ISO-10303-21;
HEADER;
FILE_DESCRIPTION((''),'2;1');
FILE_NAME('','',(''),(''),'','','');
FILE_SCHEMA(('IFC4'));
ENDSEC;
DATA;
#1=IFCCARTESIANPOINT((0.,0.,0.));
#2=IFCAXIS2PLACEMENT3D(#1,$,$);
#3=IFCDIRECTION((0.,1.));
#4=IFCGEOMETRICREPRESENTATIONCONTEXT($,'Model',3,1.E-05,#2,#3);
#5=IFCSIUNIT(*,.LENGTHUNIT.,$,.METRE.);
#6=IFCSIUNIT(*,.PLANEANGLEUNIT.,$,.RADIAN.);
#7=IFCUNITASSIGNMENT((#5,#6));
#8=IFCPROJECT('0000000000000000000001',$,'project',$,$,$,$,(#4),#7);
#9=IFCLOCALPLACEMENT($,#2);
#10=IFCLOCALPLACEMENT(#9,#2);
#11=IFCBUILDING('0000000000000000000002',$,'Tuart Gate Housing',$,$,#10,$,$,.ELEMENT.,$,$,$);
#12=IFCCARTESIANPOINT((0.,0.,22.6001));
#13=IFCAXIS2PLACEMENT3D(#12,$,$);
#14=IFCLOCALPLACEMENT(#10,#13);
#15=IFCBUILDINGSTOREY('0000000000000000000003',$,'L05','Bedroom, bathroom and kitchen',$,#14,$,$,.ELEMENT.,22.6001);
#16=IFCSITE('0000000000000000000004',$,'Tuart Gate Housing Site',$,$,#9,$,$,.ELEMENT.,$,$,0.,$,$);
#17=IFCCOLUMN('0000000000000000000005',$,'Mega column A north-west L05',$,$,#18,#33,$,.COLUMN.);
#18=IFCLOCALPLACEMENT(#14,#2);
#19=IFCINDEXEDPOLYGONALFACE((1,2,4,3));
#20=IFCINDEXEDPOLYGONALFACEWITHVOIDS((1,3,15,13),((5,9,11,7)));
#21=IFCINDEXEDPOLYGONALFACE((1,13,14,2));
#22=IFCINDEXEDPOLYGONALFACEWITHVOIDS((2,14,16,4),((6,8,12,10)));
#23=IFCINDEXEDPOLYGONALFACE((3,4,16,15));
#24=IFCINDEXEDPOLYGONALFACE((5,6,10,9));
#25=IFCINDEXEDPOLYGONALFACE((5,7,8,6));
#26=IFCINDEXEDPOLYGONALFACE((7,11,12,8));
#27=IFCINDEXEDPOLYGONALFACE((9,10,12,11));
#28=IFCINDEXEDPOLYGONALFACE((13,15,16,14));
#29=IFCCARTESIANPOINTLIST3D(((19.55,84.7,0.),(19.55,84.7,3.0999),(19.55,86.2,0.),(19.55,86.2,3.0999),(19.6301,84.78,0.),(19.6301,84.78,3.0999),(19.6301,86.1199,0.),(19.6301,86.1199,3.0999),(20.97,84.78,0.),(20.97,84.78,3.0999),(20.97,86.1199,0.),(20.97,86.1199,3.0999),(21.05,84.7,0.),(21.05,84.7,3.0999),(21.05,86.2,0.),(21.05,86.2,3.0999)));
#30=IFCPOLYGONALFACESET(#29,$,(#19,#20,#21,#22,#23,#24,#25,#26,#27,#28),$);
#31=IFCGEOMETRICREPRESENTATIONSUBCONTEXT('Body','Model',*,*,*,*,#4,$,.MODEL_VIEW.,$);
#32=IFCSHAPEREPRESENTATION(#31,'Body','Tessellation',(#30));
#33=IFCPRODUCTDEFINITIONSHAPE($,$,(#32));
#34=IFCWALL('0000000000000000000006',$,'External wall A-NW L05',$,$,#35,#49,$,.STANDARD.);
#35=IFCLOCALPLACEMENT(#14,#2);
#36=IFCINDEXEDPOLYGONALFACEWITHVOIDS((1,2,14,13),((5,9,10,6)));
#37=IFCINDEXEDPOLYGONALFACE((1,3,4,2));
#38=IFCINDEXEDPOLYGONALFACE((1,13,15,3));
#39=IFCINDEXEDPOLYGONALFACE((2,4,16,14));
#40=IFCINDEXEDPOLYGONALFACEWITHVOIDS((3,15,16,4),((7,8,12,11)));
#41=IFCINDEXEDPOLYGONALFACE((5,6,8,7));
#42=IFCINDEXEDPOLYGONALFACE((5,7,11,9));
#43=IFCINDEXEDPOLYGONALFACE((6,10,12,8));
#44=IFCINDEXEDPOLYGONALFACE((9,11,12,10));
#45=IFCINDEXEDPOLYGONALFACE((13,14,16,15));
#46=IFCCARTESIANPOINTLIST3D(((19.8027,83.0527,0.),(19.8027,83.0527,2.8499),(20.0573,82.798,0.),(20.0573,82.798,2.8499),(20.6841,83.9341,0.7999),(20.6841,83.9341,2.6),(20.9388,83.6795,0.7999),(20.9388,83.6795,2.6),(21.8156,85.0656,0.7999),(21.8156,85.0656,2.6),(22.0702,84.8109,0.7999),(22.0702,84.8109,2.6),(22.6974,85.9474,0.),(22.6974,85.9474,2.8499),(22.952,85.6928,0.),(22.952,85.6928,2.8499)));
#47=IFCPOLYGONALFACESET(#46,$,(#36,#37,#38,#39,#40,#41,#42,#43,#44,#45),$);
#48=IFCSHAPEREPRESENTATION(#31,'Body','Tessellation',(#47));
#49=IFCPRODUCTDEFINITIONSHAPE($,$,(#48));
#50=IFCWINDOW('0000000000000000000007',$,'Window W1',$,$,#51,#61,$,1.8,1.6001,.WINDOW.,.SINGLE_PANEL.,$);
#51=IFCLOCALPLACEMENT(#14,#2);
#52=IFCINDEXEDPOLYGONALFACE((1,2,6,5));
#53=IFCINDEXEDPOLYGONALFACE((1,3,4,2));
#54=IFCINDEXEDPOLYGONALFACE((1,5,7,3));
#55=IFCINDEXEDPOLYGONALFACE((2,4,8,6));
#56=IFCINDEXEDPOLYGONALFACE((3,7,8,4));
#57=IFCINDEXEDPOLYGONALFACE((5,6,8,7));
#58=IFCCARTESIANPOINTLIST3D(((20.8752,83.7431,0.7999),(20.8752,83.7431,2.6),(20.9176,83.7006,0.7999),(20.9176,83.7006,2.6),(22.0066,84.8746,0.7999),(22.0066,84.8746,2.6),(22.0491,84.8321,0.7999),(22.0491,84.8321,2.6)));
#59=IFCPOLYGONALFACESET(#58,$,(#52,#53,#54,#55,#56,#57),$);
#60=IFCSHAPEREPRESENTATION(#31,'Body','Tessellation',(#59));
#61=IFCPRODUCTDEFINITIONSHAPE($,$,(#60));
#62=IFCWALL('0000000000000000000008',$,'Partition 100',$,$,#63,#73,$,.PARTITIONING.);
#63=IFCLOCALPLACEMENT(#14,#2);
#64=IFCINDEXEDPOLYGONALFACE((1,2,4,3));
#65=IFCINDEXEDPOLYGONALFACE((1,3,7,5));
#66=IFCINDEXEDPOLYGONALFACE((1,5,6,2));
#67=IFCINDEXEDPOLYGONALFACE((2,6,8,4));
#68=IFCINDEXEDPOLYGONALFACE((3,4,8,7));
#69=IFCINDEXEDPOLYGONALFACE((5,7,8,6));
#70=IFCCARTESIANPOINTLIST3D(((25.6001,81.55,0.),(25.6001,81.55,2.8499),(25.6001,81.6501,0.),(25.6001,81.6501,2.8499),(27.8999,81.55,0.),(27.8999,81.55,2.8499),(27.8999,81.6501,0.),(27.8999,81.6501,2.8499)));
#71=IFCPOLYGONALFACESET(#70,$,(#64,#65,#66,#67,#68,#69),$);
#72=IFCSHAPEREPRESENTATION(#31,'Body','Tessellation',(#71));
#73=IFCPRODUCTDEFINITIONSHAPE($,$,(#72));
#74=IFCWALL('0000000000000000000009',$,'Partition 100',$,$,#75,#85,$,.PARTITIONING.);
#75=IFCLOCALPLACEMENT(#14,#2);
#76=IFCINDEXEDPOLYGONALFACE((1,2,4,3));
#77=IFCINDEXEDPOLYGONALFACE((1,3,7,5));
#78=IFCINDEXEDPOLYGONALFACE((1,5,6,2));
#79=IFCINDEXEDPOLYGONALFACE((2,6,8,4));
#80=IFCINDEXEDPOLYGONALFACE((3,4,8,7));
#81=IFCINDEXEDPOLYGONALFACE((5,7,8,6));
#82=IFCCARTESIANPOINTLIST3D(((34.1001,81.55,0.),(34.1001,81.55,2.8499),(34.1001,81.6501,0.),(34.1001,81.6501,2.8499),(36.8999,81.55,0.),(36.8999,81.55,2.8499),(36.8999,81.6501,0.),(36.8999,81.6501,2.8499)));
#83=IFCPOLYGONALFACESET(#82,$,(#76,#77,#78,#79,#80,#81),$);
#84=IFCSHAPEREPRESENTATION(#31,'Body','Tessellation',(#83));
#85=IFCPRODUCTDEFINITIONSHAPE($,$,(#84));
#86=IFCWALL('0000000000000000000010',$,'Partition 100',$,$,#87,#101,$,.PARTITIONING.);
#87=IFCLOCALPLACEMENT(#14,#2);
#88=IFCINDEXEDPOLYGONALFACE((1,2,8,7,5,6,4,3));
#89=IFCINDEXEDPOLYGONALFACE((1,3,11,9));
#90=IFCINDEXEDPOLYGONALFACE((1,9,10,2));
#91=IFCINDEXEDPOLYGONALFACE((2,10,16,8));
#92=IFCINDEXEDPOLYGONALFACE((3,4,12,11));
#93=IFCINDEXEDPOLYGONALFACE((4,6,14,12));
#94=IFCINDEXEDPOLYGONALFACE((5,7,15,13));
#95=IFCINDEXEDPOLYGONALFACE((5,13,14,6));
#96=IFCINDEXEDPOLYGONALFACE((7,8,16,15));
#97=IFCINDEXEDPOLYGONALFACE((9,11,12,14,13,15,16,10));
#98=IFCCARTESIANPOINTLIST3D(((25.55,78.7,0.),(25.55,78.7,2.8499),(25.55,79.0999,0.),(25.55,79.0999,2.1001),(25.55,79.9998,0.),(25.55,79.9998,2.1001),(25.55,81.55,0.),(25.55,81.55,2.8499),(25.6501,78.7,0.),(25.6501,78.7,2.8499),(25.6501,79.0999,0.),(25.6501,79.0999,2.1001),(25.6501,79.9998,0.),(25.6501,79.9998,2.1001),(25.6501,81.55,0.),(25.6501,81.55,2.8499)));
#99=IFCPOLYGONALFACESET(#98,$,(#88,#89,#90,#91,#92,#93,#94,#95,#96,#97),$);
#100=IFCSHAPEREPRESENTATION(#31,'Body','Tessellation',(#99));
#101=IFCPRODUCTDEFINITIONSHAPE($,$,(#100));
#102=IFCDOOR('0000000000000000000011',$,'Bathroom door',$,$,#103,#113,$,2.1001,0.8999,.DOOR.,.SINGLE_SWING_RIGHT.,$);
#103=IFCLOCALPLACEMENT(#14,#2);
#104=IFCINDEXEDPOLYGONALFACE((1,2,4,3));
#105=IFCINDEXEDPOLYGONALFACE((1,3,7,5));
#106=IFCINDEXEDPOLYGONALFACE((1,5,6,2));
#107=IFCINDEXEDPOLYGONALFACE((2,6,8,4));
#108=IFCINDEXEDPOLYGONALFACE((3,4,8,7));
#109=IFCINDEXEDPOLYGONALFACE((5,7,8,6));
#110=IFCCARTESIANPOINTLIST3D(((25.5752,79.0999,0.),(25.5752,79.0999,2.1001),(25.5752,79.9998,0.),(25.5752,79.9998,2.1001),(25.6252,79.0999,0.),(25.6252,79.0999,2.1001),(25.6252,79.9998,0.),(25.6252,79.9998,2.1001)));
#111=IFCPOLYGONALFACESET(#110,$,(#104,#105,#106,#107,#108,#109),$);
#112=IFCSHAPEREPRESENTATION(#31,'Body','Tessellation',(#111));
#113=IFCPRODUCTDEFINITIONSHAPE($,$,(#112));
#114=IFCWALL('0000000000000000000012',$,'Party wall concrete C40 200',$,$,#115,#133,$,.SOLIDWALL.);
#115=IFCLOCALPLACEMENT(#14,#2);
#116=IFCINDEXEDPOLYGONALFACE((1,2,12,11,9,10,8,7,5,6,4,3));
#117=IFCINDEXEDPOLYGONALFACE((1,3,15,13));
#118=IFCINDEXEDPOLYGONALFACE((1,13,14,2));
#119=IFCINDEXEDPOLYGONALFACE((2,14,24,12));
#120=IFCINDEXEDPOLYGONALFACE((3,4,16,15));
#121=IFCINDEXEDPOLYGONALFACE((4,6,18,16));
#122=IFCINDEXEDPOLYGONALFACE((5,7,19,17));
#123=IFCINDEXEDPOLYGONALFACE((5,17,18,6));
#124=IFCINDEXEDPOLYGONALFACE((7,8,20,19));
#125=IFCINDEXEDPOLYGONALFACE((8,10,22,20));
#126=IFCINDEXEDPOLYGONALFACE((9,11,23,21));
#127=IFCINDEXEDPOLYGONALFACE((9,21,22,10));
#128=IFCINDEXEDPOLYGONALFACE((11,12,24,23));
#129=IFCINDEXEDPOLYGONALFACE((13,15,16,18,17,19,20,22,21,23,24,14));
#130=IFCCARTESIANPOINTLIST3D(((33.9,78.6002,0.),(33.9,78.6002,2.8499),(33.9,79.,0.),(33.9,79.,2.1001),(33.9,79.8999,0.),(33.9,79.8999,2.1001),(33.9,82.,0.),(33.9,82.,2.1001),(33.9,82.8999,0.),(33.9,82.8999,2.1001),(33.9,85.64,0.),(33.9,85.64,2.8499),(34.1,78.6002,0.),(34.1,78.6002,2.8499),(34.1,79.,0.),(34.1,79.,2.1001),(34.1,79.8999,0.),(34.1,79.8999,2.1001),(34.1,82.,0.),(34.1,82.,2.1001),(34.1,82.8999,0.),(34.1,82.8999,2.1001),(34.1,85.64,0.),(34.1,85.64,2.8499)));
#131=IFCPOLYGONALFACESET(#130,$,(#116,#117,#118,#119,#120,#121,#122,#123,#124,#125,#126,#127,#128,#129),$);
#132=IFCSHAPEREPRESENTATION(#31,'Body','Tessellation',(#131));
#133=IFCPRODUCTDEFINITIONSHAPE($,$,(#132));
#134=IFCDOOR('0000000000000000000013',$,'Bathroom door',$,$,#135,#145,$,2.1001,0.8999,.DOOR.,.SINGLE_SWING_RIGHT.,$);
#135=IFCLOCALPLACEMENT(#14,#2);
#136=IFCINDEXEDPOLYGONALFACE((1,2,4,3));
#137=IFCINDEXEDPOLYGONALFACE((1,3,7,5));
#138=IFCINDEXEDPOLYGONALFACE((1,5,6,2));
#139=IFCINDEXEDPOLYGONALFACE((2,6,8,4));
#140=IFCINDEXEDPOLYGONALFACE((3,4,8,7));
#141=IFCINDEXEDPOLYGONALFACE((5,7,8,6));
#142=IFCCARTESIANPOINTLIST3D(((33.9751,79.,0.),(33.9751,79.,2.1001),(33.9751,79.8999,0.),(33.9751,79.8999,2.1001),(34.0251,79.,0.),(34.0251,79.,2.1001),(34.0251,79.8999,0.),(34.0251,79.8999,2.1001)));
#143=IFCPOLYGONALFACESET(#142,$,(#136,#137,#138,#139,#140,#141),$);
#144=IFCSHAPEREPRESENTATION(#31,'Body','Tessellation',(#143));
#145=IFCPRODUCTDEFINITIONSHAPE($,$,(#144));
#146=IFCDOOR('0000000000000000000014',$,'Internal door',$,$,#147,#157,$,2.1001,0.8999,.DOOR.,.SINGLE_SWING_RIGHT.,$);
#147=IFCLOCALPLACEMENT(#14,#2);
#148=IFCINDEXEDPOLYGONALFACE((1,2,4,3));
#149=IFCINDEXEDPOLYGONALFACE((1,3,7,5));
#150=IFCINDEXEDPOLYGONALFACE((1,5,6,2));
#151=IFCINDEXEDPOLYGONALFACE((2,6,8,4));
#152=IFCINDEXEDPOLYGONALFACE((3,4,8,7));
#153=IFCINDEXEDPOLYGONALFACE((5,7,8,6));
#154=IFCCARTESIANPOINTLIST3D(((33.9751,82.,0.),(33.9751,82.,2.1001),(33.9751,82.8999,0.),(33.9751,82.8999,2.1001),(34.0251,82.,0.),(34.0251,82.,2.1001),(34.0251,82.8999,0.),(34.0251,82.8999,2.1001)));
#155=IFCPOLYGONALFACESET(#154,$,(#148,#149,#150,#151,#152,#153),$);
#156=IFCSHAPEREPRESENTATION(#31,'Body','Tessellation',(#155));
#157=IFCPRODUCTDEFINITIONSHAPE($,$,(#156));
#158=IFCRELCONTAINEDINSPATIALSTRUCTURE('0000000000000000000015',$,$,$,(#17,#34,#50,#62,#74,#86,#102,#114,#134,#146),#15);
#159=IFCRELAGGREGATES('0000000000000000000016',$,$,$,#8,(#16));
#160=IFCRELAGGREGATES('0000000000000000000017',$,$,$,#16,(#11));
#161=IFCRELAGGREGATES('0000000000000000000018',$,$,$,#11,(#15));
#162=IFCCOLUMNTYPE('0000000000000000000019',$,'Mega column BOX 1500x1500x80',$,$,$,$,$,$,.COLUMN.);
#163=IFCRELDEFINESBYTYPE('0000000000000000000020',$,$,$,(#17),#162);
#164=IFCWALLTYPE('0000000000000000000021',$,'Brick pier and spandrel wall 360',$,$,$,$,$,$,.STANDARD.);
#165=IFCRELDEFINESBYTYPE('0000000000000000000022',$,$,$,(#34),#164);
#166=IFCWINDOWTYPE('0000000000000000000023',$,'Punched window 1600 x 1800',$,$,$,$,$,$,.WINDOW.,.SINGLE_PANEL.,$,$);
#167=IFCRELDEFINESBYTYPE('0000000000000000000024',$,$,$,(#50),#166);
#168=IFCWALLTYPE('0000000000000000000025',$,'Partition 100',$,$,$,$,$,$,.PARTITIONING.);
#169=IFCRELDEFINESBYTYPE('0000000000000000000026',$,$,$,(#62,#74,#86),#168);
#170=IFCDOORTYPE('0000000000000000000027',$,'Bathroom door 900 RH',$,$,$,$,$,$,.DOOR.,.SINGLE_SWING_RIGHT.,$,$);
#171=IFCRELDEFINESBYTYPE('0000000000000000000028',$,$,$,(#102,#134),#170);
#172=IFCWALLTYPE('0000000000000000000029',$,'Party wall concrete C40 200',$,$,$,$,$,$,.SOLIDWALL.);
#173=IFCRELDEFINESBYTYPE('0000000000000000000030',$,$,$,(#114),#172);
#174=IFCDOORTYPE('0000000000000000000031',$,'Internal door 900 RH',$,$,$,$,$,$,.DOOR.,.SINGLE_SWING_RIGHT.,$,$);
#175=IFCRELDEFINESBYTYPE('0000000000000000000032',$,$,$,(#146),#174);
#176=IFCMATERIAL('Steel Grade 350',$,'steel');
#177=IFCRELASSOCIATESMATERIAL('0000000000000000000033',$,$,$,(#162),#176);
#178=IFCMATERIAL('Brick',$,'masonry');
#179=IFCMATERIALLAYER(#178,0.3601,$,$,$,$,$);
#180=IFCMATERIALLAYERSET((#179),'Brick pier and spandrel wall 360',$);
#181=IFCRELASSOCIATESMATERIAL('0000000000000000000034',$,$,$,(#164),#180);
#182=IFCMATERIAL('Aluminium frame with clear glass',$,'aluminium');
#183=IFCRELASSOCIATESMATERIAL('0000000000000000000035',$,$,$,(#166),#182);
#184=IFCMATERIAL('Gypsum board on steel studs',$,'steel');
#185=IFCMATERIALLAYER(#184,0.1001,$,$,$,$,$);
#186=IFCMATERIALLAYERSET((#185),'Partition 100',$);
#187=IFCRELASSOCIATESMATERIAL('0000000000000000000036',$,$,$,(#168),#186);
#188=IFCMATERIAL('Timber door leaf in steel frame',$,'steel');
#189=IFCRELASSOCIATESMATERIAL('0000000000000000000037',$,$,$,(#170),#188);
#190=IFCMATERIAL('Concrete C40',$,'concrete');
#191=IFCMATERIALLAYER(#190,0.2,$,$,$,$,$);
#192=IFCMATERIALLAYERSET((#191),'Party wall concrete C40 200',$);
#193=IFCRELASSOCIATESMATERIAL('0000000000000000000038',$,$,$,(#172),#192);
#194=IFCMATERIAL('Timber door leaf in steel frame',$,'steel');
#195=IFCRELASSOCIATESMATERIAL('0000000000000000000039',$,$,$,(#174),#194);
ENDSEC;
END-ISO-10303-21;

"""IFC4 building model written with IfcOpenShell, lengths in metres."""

from ifc_helpers import new_model, si_unit, direction, frame, frame_2d, origin, origin_2d, place, context, subcontext, project, spatial, rectangle, hollow_rectangle, extrude, material, layer, layer_set, material_profile, profile_set, type_object, element, fill, save


model = new_model("IFC4")

# Units and contexts
model_context = context("Model", 3, precision=1e-05, world=origin(), true_north=direction((0.0, 1.0)))
body_context = subcontext(model_context, "Body", "Model", "MODEL_VIEW")
ifc_project = project(units=[si_unit("LENGTHUNIT", "METRE"), si_unit("PLANEANGLEUNIT", "RADIAN")], contexts=[model_context])

# Site, building, storey
site_placement = place(None, origin())
site = spatial("IfcSite", under=ifc_project, at=site_placement, Name="Tuart Gate Housing Site", CompositionType="ELEMENT", RefElevation=0.0)
building_placement = place(site_placement, origin())
building = spatial("IfcBuilding", under=site, at=building_placement, Name="Tuart Gate Housing", CompositionType="ELEMENT")
storey_placement = place(building_placement, frame((0.0, 0.0, 22.6001)))
storey = spatial("IfcBuildingStorey", under=building, at=storey_placement, Name="L05", Description="Bedroom, bathroom and kitchen", CompositionType="ELEMENT", Elevation=22.6001)

# Column
ifc_material_1 = material(Name="Steel Grade 350", Category="steel")
ifc_material_profile = material_profile(ifc_material_1, hollow_rectangle(XDim=1.5, YDim=1.5, WallThickness=0.0801, at=origin_2d()), Name="BOX 1500x1500x80")
ifc_profile_set = profile_set([ifc_material_profile], Name="Steel Grade 350")
column_type = type_object("IfcColumnType", Name="Mega column BOX 1500x1500x80", PredefinedType="COLUMN", material=ifc_profile_set)
column_placement = place(storey_placement, frame((20.3, 85.45, 0.0), z_axis=(0.0, 0.0, 1.0), x_axis=(1.0, 0.0, 0.0)))
element("IfcColumn", 1, at=column_placement, inside=storey, type_object=column_type, Name="Mega column A north-west L05", PredefinedType="COLUMN", context=body_context, shape_type="SweptSolid", body=[
    extrude(hollow_rectangle(XDim=1.5, YDim=1.5, WallThickness=0.0801, at=origin_2d()), origin(), (0.0, 0.0, 1.0), 3.0999),
])

# Wall, opening, window
ifc_material_2 = material(Name="Brick", Category="masonry")
ifc_layer_1 = layer(ifc_material_2, 0.3601)
ifc_layer_set_1 = layer_set([ifc_layer_1], Name="Brick pier and spandrel wall 360")
wall_type_1 = type_object("IfcWallType", Name="Brick pier and spandrel wall 360", PredefinedType="STANDARD", material=ifc_layer_set_1)
wall_1_placement = place(storey_placement, frame((22.8247, 85.8201, 0.0), z_axis=(0.0, 0.0, 1.0), x_axis=(-0.707107, -0.707107, 0.0)))
wall_1 = element("IfcWall", 2, at=wall_1_placement, inside=storey, type_object=wall_type_1, Name="External wall A-NW L05", PredefinedType="STANDARD", context=body_context, shape_type="SweptSolid", body=[
    extrude(rectangle(XDim=4.0938, YDim=0.3601, at=frame_2d((2.0469, 0.0))), origin(), (0.0, 0.0, 1.0), 2.8499),
])
opening_1_placement = place(wall_1_placement, frame((1.2471, 0.0, 0.8)))
opening_1 = element("IfcOpeningElement", 3, at=opening_1_placement, cuts=wall_1, PredefinedType="OPENING", context=body_context, shape_type="SweptSolid", body=[
    extrude(rectangle(XDim=1.6001, YDim=1.8, at=frame_2d((0.8, 0.8999))), frame((0.0, 0.1899, 0.0), z_axis=(0.0, -1.0, 0.0), x_axis=(1.0, 0.0, 0.0)), (0.0, 0.0, 1.0), 0.3801),
])
ifc_material_3 = material(Name="Aluminium frame with clear glass", Category="aluminium")
window_type_1 = type_object("IfcWindowType", Name="Punched window 1600 x 1800", PartitioningType="SINGLE_PANEL", PredefinedType="WINDOW", material=ifc_material_3)
window_1_placement = place(opening_1_placement, origin())
window_1 = element("IfcWindow", 4, at=window_1_placement, inside=storey, type_object=window_type_1, Name="Window W1", OverallHeight=1.8, OverallWidth=1.6001, PartitioningType="SINGLE_PANEL", PredefinedType="WINDOW", context=body_context, shape_type="SweptSolid", body=[
    extrude(rectangle(XDim=1.6001, YDim=1.8, at=frame_2d((0.8, 0.8999))), frame((0.0, 0.1501, 0.0), z_axis=(0.0, -1.0, 0.0), x_axis=(1.0, 0.0, 0.0)), (0.0, 0.0, 1.0), 0.0601),
])
fill(opening_1, window_1)

# Walls
ifc_material_4 = material(Name="Gypsum board on steel studs", Category="steel")
ifc_layer_2 = layer(ifc_material_4, 0.1001)
ifc_layer_set_2 = layer_set([ifc_layer_2], Name="Partition 100")
wall_type_2 = type_object("IfcWallType", Name="Partition 100", PredefinedType="PARTITIONING", material=ifc_layer_set_2)
wall_2_placement = place(storey_placement, frame((25.6001, 81.6001, 0.0), z_axis=(0.0, 0.0, 1.0), x_axis=(1.0, 0.0, 0.0)))
element("IfcWall", 5, at=wall_2_placement, inside=storey, type_object=wall_type_2, Name="Partition 100", PredefinedType="PARTITIONING", context=body_context, shape_type="SweptSolid", body=[
    extrude(rectangle(XDim=2.2998, YDim=0.1001, at=frame_2d((1.1499, 0.0))), origin(), (0.0, 0.0, 1.0), 2.8499),
])
wall_3_placement = place(storey_placement, frame((34.1001, 81.6001, 0.0), z_axis=(0.0, 0.0, 1.0), x_axis=(1.0, 0.0, 0.0)))
element("IfcWall", 6, at=wall_3_placement, inside=storey, type_object=wall_type_2, Name="Partition 100", PredefinedType="PARTITIONING", context=body_context, shape_type="SweptSolid", body=[
    extrude(rectangle(XDim=2.7998, YDim=0.1001, at=frame_2d((1.3999, 0.0))), origin(), (0.0, 0.0, 1.0), 2.8499),
])

# Wall, opening, door
wall_4_placement = place(storey_placement, frame((25.6001, 78.7, 0.0), z_axis=(0.0, 0.0, 1.0), x_axis=(0.0, 1.0, 0.0)))
wall_4 = element("IfcWall", 7, at=wall_4_placement, inside=storey, type_object=wall_type_2, Name="Partition 100", PredefinedType="PARTITIONING", context=body_context, shape_type="SweptSolid", body=[
    extrude(rectangle(XDim=2.8501, YDim=0.1001, at=frame_2d((1.425, 0.0))), origin(), (0.0, 0.0, 1.0), 2.8499),
])
opening_2_placement = place(wall_4_placement, frame((0.3999, 0.0, 0.0)))
opening_2 = element("IfcOpeningElement", 8, at=opening_2_placement, cuts=wall_4, PredefinedType="OPENING", context=body_context, shape_type="SweptSolid", body=[
    extrude(rectangle(XDim=0.8999, YDim=2.1001, at=frame_2d((0.45, 1.05))), frame((0.0, 0.0601, 0.0), z_axis=(0.0, -1.0, 0.0), x_axis=(1.0, 0.0, 0.0)), (0.0, 0.0, 1.0), 0.1201),
])
ifc_material_5 = material(Name="Timber door leaf in steel frame", Category="steel")
door_type_1 = type_object("IfcDoorType", Name="Bathroom door 900 RH", OperationType="SINGLE_SWING_RIGHT", PredefinedType="DOOR", material=ifc_material_5)
door_1_placement = place(opening_2_placement, frame((0.8999, 0.0, 0.0), z_axis=(0.0, 0.0, 1.0), x_axis=(-1.0, 0.0, 0.0)))
door_1 = element("IfcDoor", 9, at=door_1_placement, inside=storey, type_object=door_type_1, Name="Bathroom door", OperationType="SINGLE_SWING_RIGHT", OverallHeight=2.1001, OverallWidth=0.8999, PredefinedType="DOOR", context=body_context, shape_type="SweptSolid", body=[
    extrude(rectangle(XDim=0.8999, YDim=2.1001, at=frame_2d((0.45, 1.05))), frame((0.0, 0.0251, 0.0), z_axis=(0.0, -1.0, 0.0), x_axis=(1.0, 0.0, 0.0)), (0.0, 0.0, 1.0), 0.05),
])
fill(opening_2, door_1)

# Wall, openings, doors
ifc_material_6 = material(Name="Concrete C40", Category="concrete")
ifc_layer_3 = layer(ifc_material_6, 0.2)
ifc_layer_set_3 = layer_set([ifc_layer_3], Name="Party wall concrete C40 200")
wall_type_3 = type_object("IfcWallType", Name="Party wall concrete C40 200", PredefinedType="SOLIDWALL", material=ifc_layer_set_3)
wall_5_placement = place(storey_placement, frame((34.0, 78.6001, 0.0), z_axis=(0.0, 0.0, 1.0), x_axis=(0.0, 1.0, 0.0)))
wall_5 = element("IfcWall", 10, at=wall_5_placement, inside=storey, type_object=wall_type_3, Name="Party wall concrete C40 200", PredefinedType="SOLIDWALL", context=body_context, shape_type="SweptSolid", body=[
    extrude(rectangle(XDim=7.0398, YDim=0.2, at=frame_2d((3.52, 0.0))), origin(), (0.0, 0.0, 1.0), 2.8499),
])
opening_3_placement = place(wall_5_placement, frame((3.3999, 0.0, 0.0)))
opening_3 = element("IfcOpeningElement", 11, at=opening_3_placement, cuts=wall_5, PredefinedType="OPENING", context=body_context, shape_type="SweptSolid", body=[
    extrude(rectangle(XDim=0.8999, YDim=2.1001, at=frame_2d((0.45, 1.05))), frame((0.0, 0.1099, 0.0), z_axis=(0.0, -1.0, 0.0), x_axis=(1.0, 0.0, 0.0)), (0.0, 0.0, 1.0), 0.22),
])
opening_4_placement = place(wall_5_placement, frame((0.3999, 0.0, 0.0)))
opening_4 = element("IfcOpeningElement", 12, at=opening_4_placement, cuts=wall_5, PredefinedType="OPENING", context=body_context, shape_type="SweptSolid", body=[
    extrude(rectangle(XDim=0.8999, YDim=2.1001, at=frame_2d((0.45, 1.05))), frame((0.0, 0.1099, 0.0), z_axis=(0.0, -1.0, 0.0), x_axis=(1.0, 0.0, 0.0)), (0.0, 0.0, 1.0), 0.22),
])
door_2_placement = place(opening_4_placement, frame((0.8999, 0.0, 0.0), z_axis=(0.0, 0.0, 1.0), x_axis=(-1.0, 0.0, 0.0)))
door_2 = element("IfcDoor", 13, at=door_2_placement, inside=storey, type_object=door_type_1, Name="Bathroom door", OperationType="SINGLE_SWING_RIGHT", OverallHeight=2.1001, OverallWidth=0.8999, PredefinedType="DOOR", context=body_context, shape_type="SweptSolid", body=[
    extrude(rectangle(XDim=0.8999, YDim=2.1001, at=frame_2d((0.45, 1.05))), frame((0.0, 0.0251, 0.0), z_axis=(0.0, -1.0, 0.0), x_axis=(1.0, 0.0, 0.0)), (0.0, 0.0, 1.0), 0.05),
])
fill(opening_4, door_2)
ifc_material_7 = material(Name="Timber door leaf in steel frame", Category="steel")
door_type_2 = type_object("IfcDoorType", Name="Internal door 900 RH", OperationType="SINGLE_SWING_RIGHT", PredefinedType="DOOR", material=ifc_material_7)
door_3_placement = place(opening_3_placement, frame((0.8999, 0.0, 0.0), z_axis=(0.0, 0.0, 1.0), x_axis=(-1.0, 0.0, 0.0)))
door_3 = element("IfcDoor", 14, at=door_3_placement, inside=storey, type_object=door_type_2, Name="Internal door", OperationType="SINGLE_SWING_RIGHT", OverallHeight=2.1001, OverallWidth=0.8999, PredefinedType="DOOR", context=body_context, shape_type="SweptSolid", body=[
    extrude(rectangle(XDim=0.8999, YDim=2.1001, at=frame_2d((0.45, 1.05))), frame((0.0, 0.0251, 0.0), z_axis=(0.0, -1.0, 0.0), x_axis=(1.0, 0.0, 0.0)), (0.0, 0.0, 1.0), 0.05),
])
fill(opening_3, door_3)

save(model, "model.ifc")
